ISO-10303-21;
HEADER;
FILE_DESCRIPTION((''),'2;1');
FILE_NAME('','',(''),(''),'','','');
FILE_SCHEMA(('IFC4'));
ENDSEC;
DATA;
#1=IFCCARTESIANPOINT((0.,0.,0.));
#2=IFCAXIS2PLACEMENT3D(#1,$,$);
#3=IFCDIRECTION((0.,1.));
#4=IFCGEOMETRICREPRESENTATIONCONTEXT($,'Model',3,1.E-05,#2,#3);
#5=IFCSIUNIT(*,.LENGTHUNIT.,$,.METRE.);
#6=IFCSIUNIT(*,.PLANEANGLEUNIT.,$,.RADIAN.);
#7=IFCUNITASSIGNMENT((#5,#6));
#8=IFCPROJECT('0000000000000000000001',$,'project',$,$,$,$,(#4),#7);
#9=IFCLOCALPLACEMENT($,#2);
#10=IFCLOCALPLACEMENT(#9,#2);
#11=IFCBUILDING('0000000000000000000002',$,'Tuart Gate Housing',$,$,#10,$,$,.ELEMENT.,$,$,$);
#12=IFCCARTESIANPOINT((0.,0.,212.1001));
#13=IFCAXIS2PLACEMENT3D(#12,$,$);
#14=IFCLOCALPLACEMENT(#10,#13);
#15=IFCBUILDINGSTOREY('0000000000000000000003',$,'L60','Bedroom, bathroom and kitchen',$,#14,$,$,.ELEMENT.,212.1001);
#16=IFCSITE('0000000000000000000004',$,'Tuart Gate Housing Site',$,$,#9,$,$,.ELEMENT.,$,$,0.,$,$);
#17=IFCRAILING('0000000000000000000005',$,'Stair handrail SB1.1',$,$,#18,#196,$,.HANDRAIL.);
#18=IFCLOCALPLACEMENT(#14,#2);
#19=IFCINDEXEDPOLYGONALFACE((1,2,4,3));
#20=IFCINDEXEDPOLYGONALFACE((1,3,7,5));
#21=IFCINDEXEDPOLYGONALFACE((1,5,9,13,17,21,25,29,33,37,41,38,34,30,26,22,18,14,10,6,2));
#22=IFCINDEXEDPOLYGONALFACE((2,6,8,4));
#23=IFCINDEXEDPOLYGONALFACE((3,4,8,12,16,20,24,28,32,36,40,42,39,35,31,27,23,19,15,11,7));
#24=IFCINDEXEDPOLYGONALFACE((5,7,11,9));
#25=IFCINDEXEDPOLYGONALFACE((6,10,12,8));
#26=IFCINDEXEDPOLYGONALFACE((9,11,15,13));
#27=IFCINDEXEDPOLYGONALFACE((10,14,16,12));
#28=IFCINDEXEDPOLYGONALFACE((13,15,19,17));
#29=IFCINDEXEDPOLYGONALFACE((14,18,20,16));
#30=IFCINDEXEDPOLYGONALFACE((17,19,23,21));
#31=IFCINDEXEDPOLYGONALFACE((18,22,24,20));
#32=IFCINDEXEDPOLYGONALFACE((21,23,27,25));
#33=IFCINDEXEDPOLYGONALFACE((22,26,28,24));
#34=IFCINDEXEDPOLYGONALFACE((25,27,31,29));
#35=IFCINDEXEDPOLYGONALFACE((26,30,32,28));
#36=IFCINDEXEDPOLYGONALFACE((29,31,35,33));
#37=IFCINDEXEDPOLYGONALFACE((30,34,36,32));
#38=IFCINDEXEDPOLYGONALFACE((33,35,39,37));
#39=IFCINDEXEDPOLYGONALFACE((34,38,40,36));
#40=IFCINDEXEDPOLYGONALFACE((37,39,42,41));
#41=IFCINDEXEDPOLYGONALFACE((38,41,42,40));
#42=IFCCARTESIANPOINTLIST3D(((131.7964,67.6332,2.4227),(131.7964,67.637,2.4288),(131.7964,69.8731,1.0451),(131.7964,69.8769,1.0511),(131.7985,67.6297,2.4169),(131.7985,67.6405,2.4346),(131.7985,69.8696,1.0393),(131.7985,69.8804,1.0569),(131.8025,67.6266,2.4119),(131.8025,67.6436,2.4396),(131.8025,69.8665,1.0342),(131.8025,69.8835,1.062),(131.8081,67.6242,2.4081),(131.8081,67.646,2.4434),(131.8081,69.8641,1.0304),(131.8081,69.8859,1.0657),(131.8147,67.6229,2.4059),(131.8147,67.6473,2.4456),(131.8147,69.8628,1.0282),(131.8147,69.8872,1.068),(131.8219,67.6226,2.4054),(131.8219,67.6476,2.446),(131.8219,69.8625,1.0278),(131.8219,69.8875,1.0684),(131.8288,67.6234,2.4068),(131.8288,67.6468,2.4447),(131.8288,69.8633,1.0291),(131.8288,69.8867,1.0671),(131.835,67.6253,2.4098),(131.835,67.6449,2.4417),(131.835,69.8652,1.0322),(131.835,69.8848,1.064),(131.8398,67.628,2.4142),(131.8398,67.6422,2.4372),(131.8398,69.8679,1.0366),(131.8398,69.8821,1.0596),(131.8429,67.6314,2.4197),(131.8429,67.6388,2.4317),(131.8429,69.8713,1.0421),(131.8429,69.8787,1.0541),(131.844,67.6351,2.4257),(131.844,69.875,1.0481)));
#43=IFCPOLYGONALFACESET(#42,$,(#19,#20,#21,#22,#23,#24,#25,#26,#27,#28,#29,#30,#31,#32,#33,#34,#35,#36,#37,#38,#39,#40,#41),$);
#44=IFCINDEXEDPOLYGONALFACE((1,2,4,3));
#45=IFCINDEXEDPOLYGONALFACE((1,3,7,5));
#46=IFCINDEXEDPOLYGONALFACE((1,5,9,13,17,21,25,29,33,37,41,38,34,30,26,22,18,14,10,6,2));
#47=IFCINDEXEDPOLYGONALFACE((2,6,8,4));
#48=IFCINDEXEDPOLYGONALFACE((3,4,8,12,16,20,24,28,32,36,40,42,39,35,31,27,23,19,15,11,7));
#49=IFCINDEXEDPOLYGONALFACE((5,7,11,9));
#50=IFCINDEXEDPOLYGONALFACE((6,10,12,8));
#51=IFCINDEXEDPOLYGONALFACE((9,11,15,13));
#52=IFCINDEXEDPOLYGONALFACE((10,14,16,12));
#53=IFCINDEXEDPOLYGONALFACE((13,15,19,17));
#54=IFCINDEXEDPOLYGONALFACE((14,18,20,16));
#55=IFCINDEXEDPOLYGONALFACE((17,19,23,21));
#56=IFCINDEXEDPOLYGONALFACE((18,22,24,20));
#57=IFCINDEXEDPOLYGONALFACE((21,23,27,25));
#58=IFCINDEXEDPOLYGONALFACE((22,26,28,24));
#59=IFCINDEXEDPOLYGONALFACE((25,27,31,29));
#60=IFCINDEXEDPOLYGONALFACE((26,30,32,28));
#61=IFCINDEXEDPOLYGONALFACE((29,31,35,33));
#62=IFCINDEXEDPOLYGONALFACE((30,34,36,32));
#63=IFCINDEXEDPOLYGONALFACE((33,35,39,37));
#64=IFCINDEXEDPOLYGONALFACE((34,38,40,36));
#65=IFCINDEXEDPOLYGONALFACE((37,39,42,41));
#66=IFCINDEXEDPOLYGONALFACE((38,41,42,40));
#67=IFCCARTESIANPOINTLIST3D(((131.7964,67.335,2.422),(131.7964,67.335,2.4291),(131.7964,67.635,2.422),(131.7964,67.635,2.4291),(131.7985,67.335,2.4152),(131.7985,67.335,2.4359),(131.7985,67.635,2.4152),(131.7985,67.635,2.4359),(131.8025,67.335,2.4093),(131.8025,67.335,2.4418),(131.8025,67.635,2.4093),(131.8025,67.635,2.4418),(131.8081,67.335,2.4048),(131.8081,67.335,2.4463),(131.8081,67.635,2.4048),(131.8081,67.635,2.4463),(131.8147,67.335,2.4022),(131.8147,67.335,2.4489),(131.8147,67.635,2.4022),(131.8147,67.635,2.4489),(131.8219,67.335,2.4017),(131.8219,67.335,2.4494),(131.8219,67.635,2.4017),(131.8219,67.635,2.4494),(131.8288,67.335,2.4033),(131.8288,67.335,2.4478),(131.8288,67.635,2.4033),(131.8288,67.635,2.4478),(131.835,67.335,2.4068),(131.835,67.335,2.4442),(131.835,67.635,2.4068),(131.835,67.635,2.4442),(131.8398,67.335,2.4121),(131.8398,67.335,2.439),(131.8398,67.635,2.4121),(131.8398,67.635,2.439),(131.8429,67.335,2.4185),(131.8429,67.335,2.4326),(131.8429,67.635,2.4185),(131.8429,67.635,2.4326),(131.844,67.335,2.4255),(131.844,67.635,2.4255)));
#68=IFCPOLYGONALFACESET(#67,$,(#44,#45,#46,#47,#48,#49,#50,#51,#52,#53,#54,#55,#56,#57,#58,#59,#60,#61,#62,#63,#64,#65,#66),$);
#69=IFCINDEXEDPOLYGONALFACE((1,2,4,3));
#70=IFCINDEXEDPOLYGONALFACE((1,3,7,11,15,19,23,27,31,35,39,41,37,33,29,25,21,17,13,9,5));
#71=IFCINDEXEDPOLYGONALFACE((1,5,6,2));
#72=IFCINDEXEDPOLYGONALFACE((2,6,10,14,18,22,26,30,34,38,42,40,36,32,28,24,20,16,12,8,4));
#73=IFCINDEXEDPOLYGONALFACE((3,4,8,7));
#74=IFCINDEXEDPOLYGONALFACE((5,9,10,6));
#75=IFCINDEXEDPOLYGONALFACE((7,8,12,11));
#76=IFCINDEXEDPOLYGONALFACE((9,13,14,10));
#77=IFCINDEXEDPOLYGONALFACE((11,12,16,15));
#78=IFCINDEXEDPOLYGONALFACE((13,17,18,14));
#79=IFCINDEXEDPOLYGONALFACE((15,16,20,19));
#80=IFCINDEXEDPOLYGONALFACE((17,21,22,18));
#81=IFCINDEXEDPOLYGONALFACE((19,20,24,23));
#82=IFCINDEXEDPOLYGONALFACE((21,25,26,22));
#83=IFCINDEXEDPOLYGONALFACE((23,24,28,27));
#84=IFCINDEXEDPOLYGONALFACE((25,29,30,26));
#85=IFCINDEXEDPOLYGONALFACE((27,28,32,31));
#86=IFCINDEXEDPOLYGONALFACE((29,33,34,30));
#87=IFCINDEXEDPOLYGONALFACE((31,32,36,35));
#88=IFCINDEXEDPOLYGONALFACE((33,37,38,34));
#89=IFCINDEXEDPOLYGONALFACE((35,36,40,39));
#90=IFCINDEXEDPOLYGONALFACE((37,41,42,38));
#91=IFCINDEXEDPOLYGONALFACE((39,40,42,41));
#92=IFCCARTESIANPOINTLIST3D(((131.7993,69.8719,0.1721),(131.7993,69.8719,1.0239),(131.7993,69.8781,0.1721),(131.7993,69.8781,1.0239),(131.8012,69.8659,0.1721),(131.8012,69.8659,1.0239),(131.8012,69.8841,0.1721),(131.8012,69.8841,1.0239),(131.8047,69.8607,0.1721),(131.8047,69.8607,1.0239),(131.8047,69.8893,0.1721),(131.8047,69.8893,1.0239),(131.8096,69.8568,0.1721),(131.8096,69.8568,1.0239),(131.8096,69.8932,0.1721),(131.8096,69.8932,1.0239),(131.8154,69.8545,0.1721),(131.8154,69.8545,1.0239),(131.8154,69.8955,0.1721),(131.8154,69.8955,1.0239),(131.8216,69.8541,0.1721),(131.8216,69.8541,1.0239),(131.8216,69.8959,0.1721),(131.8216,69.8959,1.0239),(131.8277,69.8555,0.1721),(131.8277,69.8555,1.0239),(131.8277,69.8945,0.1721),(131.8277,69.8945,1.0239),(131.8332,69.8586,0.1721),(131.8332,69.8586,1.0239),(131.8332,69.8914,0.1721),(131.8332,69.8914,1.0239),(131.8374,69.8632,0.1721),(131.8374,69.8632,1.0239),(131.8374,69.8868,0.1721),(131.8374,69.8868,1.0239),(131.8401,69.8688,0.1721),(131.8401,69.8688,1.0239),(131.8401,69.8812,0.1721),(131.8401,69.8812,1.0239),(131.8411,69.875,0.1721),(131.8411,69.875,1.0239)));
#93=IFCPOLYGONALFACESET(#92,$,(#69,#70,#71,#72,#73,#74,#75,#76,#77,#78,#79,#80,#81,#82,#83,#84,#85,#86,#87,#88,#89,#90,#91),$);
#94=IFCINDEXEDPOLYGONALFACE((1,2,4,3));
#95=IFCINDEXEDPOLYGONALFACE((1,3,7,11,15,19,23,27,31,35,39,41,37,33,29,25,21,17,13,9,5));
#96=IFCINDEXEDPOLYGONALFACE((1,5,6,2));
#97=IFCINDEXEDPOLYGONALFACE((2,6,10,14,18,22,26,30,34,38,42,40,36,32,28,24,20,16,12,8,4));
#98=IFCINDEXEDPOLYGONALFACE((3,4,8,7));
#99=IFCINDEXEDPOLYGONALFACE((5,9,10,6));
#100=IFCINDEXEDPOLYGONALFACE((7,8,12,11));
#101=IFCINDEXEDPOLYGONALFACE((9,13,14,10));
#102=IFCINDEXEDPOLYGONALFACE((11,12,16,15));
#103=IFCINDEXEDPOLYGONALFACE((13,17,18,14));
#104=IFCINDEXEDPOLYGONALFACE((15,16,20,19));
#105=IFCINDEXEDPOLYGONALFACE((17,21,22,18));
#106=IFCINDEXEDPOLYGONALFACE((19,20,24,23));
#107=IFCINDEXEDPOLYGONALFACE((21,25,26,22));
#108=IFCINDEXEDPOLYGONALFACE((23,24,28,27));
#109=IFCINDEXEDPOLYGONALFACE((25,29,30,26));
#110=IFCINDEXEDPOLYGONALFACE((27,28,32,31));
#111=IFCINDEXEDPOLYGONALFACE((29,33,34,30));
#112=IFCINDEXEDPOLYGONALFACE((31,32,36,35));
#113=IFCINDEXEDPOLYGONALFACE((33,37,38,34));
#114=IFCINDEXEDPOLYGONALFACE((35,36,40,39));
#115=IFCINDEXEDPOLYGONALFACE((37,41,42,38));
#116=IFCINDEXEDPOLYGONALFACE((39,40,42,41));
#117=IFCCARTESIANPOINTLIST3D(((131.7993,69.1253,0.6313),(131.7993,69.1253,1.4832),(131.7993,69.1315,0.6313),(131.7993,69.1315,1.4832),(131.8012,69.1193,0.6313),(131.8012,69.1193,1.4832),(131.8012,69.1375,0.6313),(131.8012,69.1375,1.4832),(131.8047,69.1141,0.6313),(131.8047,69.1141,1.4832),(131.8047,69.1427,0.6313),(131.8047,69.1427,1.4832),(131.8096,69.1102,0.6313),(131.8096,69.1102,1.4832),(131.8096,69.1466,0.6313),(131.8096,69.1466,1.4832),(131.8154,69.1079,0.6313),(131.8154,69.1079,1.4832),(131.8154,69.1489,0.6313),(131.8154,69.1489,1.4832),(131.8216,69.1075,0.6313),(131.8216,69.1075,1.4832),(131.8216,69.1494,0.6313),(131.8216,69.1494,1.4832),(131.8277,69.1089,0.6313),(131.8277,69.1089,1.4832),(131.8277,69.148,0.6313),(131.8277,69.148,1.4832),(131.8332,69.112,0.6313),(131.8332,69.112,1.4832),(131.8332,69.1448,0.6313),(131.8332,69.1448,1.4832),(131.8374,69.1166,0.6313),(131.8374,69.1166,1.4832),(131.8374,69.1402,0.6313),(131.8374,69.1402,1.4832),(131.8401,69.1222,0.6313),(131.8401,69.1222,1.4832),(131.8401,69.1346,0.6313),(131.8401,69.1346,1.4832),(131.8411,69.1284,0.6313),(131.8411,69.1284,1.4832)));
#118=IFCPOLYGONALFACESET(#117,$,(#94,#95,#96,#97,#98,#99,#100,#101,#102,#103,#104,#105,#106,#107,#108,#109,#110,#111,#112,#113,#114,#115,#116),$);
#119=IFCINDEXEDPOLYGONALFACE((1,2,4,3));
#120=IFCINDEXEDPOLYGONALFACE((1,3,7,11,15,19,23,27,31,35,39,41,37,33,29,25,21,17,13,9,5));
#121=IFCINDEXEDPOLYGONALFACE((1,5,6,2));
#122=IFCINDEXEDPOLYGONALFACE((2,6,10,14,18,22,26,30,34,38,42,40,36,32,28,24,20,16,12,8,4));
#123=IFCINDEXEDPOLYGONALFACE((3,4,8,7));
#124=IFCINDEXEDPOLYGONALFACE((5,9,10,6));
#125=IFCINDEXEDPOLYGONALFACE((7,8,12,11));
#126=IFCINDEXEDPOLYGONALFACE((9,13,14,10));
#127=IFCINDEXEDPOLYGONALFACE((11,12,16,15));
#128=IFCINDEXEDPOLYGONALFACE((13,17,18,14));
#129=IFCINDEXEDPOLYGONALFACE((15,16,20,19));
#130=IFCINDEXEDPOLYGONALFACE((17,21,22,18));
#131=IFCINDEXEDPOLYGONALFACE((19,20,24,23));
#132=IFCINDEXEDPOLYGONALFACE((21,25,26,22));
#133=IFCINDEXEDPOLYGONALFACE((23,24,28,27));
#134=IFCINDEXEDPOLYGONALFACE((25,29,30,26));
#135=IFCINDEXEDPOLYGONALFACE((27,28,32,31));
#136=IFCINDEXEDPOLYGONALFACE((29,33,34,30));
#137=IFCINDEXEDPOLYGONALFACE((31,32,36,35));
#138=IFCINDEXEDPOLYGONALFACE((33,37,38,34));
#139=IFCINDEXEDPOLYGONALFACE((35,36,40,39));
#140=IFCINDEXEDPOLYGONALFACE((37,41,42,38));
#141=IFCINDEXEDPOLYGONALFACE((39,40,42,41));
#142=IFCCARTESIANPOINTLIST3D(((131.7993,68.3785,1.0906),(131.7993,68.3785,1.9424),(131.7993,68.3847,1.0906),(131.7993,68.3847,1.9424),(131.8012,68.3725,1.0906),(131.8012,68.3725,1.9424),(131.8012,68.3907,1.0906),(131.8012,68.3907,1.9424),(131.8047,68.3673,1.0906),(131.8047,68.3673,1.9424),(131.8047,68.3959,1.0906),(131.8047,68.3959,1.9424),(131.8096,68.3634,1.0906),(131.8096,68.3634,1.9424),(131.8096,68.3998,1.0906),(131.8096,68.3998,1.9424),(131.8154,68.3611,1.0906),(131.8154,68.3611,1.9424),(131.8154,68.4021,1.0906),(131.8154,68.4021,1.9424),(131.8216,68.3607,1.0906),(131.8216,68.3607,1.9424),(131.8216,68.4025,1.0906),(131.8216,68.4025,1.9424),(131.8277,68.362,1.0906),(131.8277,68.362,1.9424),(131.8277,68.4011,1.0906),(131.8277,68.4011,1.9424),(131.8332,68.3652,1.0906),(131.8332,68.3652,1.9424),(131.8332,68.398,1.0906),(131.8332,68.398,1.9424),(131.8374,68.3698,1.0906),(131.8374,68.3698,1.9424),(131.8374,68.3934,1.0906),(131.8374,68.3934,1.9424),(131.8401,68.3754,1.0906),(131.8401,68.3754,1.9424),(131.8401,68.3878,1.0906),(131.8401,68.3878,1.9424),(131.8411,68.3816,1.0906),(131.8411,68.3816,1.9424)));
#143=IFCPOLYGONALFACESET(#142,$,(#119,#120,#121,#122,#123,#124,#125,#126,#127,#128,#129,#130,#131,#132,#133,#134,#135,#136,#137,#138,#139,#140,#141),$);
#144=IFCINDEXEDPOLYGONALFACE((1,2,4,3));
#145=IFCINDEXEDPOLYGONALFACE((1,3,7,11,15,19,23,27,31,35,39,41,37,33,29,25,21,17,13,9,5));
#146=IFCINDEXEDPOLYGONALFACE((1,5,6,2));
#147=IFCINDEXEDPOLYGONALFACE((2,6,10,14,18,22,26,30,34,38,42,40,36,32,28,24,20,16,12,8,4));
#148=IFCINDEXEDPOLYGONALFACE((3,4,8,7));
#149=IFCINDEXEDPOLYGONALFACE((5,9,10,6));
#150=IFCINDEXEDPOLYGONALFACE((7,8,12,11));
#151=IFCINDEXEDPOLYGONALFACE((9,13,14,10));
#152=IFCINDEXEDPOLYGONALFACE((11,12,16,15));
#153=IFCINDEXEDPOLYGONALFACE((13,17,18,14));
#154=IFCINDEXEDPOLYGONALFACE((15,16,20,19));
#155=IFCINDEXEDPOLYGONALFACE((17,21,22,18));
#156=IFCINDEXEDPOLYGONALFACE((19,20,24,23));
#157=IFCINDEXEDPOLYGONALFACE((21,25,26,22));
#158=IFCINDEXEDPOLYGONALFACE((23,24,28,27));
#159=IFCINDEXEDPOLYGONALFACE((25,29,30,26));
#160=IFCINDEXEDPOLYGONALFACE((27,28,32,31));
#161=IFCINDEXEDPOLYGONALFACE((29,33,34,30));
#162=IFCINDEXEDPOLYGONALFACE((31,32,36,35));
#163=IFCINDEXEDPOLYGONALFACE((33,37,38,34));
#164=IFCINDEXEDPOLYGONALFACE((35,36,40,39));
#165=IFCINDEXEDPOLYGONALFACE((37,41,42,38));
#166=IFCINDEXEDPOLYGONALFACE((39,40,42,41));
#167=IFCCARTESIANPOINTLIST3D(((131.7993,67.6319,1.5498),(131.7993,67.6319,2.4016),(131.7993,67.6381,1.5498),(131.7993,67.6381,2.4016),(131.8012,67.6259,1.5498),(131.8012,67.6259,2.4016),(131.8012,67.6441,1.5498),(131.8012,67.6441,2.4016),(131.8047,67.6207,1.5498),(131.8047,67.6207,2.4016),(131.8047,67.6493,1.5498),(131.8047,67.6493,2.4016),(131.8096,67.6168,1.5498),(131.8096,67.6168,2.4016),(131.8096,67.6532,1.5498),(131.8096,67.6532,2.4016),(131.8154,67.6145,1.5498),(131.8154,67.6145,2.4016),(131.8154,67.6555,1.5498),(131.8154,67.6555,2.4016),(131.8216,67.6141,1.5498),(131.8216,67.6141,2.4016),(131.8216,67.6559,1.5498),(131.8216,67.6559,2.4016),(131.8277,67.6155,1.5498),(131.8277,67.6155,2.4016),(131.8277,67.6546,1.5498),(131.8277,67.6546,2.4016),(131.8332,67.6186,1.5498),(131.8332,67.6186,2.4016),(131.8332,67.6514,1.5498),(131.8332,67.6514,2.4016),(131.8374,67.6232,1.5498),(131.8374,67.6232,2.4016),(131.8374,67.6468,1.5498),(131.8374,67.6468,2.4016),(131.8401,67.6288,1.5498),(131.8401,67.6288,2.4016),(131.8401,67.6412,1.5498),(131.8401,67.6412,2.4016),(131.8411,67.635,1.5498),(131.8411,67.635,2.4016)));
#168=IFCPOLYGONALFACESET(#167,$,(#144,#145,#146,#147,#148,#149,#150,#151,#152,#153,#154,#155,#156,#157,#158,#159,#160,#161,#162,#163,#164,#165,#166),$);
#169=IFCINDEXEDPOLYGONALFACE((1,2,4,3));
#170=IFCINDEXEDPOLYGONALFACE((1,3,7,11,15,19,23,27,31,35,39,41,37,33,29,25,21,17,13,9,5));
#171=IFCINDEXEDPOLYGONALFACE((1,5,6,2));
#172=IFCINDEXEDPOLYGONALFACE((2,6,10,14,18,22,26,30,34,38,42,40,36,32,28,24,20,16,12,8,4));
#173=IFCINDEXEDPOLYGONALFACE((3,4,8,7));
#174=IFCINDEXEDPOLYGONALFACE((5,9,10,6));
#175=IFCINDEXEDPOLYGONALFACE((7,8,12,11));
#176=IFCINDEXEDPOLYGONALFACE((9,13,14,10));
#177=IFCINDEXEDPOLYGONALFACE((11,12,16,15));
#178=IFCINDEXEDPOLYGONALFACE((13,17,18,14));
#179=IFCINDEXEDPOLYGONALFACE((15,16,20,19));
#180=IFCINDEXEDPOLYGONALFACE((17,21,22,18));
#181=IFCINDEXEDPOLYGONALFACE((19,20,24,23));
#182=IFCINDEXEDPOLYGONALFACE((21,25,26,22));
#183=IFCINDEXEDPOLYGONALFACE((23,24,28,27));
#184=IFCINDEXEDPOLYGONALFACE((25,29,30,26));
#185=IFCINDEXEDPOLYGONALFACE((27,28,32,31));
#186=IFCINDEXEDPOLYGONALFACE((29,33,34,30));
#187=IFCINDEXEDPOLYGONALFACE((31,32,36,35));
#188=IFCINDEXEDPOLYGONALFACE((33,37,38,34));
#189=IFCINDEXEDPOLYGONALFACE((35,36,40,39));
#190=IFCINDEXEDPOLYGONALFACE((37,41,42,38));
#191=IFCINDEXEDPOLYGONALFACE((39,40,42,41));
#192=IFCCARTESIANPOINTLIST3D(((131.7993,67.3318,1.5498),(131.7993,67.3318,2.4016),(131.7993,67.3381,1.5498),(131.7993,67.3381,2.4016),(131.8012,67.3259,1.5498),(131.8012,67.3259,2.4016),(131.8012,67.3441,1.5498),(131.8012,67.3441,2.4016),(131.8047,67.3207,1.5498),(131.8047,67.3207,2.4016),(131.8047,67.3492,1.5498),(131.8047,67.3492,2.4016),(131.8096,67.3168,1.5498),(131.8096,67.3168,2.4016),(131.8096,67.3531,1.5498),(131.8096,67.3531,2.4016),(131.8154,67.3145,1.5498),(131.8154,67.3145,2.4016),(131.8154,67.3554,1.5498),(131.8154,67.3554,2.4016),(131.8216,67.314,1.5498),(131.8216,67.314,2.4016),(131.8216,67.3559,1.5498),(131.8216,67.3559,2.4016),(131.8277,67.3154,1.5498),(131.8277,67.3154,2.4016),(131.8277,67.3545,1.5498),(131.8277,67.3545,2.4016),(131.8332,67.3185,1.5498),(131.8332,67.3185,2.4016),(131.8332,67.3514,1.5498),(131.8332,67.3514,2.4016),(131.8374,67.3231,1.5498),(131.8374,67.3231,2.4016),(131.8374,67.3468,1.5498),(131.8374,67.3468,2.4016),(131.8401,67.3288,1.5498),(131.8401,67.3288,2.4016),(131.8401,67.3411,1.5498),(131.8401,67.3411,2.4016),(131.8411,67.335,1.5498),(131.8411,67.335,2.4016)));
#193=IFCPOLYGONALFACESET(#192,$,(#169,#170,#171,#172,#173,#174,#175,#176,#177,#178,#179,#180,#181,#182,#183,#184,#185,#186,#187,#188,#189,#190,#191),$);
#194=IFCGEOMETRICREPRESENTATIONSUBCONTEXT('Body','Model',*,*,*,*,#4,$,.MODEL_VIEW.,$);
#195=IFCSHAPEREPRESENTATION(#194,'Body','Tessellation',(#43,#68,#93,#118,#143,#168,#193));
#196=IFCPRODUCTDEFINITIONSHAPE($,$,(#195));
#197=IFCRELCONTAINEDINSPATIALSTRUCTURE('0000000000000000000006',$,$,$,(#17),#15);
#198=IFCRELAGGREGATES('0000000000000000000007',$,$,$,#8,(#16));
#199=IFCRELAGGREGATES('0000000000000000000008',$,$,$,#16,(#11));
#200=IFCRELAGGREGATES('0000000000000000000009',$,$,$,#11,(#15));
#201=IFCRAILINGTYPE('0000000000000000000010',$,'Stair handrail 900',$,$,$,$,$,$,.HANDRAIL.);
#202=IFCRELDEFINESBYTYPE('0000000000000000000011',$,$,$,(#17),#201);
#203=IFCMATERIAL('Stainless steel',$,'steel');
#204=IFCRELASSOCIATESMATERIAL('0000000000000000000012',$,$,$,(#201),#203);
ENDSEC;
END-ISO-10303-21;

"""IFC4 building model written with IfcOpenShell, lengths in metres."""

from ifc_helpers import new_model, si_unit, direction, frame, origin, origin_2d, place, context, subcontext, project, spatial, circle, extrude, material, type_object, element, save


model = new_model("IFC4")

# Units and contexts
model_context = context("Model", 3, precision=1e-05, world=origin(), true_north=direction((0.0, 1.0)))
body_context = subcontext(model_context, "Body", "Model", "MODEL_VIEW")
ifc_project = project(units=[si_unit("LENGTHUNIT", "METRE"), si_unit("PLANEANGLEUNIT", "RADIAN")], contexts=[model_context])

# Site, building, storey
site_placement = place(None, origin())
site = spatial("IfcSite", under=ifc_project, at=site_placement, Name="Tuart Gate Housing Site", CompositionType="ELEMENT", RefElevation=0.0)
building_placement = place(site_placement, origin())
building = spatial("IfcBuilding", under=site, at=building_placement, Name="Tuart Gate Housing", CompositionType="ELEMENT")
storey_placement = place(building_placement, frame((0.0, 0.0, 212.1001)))
storey = spatial("IfcBuildingStorey", under=building, at=storey_placement, Name="L60", Description="Bedroom, bathroom and kitchen", CompositionType="ELEMENT", Elevation=212.1001)

# Railing
ifc_material_1 = material(Name="Stainless steel", Category="steel")
railing_type = type_object("IfcRailingType", Name="Stair handrail 900", PredefinedType="HANDRAIL", material=ifc_material_1)
railing_placement = place(storey_placement, frame((131.8201, 69.875, 0.1721)))
element("IfcRailing", 1, at=railing_placement, inside=storey, type_object=railing_type, Name="Stair handrail SB1.1", PredefinedType="HANDRAIL", context=body_context, shape_type="SweptSolid", body=[
    extrude(circle(Radius=0.0239, at=origin_2d()), frame((0.0, 0.0, 0.876), z_axis=(0.0, -0.851789, 0.523885), x_axis=(1.0, 0.0, 0.0)), (0.0, 0.0, 1.0), 2.6296),
    extrude(circle(Radius=0.0239, at=origin_2d()), frame((0.0, -2.24, 2.2534), z_axis=(0.0, -1.0, 0.0), x_axis=(1.0, 0.0, 0.0)), (0.0, 0.0, 1.0), 0.3),
    extrude(circle(Radius=0.021, at=origin_2d()), origin(), (0.0, 0.0, 1.0), 0.8518),
    extrude(circle(Radius=0.021, at=origin_2d()), frame((0.0, -0.7466, 0.4592)), (0.0, 0.0, 1.0), 0.8518),
    extrude(circle(Radius=0.021, at=origin_2d()), frame((0.0, -1.4934, 0.9185)), (0.0, 0.0, 1.0), 0.8518),
    extrude(circle(Radius=0.021, at=origin_2d()), frame((0.0, -2.24, 1.3777)), (0.0, 0.0, 1.0), 0.8518),
    extrude(circle(Radius=0.021, at=origin_2d()), frame((0.0, -2.54, 1.3777)), (0.0, 0.0, 1.0), 0.8518),
])

save(model, "model.ifc")
